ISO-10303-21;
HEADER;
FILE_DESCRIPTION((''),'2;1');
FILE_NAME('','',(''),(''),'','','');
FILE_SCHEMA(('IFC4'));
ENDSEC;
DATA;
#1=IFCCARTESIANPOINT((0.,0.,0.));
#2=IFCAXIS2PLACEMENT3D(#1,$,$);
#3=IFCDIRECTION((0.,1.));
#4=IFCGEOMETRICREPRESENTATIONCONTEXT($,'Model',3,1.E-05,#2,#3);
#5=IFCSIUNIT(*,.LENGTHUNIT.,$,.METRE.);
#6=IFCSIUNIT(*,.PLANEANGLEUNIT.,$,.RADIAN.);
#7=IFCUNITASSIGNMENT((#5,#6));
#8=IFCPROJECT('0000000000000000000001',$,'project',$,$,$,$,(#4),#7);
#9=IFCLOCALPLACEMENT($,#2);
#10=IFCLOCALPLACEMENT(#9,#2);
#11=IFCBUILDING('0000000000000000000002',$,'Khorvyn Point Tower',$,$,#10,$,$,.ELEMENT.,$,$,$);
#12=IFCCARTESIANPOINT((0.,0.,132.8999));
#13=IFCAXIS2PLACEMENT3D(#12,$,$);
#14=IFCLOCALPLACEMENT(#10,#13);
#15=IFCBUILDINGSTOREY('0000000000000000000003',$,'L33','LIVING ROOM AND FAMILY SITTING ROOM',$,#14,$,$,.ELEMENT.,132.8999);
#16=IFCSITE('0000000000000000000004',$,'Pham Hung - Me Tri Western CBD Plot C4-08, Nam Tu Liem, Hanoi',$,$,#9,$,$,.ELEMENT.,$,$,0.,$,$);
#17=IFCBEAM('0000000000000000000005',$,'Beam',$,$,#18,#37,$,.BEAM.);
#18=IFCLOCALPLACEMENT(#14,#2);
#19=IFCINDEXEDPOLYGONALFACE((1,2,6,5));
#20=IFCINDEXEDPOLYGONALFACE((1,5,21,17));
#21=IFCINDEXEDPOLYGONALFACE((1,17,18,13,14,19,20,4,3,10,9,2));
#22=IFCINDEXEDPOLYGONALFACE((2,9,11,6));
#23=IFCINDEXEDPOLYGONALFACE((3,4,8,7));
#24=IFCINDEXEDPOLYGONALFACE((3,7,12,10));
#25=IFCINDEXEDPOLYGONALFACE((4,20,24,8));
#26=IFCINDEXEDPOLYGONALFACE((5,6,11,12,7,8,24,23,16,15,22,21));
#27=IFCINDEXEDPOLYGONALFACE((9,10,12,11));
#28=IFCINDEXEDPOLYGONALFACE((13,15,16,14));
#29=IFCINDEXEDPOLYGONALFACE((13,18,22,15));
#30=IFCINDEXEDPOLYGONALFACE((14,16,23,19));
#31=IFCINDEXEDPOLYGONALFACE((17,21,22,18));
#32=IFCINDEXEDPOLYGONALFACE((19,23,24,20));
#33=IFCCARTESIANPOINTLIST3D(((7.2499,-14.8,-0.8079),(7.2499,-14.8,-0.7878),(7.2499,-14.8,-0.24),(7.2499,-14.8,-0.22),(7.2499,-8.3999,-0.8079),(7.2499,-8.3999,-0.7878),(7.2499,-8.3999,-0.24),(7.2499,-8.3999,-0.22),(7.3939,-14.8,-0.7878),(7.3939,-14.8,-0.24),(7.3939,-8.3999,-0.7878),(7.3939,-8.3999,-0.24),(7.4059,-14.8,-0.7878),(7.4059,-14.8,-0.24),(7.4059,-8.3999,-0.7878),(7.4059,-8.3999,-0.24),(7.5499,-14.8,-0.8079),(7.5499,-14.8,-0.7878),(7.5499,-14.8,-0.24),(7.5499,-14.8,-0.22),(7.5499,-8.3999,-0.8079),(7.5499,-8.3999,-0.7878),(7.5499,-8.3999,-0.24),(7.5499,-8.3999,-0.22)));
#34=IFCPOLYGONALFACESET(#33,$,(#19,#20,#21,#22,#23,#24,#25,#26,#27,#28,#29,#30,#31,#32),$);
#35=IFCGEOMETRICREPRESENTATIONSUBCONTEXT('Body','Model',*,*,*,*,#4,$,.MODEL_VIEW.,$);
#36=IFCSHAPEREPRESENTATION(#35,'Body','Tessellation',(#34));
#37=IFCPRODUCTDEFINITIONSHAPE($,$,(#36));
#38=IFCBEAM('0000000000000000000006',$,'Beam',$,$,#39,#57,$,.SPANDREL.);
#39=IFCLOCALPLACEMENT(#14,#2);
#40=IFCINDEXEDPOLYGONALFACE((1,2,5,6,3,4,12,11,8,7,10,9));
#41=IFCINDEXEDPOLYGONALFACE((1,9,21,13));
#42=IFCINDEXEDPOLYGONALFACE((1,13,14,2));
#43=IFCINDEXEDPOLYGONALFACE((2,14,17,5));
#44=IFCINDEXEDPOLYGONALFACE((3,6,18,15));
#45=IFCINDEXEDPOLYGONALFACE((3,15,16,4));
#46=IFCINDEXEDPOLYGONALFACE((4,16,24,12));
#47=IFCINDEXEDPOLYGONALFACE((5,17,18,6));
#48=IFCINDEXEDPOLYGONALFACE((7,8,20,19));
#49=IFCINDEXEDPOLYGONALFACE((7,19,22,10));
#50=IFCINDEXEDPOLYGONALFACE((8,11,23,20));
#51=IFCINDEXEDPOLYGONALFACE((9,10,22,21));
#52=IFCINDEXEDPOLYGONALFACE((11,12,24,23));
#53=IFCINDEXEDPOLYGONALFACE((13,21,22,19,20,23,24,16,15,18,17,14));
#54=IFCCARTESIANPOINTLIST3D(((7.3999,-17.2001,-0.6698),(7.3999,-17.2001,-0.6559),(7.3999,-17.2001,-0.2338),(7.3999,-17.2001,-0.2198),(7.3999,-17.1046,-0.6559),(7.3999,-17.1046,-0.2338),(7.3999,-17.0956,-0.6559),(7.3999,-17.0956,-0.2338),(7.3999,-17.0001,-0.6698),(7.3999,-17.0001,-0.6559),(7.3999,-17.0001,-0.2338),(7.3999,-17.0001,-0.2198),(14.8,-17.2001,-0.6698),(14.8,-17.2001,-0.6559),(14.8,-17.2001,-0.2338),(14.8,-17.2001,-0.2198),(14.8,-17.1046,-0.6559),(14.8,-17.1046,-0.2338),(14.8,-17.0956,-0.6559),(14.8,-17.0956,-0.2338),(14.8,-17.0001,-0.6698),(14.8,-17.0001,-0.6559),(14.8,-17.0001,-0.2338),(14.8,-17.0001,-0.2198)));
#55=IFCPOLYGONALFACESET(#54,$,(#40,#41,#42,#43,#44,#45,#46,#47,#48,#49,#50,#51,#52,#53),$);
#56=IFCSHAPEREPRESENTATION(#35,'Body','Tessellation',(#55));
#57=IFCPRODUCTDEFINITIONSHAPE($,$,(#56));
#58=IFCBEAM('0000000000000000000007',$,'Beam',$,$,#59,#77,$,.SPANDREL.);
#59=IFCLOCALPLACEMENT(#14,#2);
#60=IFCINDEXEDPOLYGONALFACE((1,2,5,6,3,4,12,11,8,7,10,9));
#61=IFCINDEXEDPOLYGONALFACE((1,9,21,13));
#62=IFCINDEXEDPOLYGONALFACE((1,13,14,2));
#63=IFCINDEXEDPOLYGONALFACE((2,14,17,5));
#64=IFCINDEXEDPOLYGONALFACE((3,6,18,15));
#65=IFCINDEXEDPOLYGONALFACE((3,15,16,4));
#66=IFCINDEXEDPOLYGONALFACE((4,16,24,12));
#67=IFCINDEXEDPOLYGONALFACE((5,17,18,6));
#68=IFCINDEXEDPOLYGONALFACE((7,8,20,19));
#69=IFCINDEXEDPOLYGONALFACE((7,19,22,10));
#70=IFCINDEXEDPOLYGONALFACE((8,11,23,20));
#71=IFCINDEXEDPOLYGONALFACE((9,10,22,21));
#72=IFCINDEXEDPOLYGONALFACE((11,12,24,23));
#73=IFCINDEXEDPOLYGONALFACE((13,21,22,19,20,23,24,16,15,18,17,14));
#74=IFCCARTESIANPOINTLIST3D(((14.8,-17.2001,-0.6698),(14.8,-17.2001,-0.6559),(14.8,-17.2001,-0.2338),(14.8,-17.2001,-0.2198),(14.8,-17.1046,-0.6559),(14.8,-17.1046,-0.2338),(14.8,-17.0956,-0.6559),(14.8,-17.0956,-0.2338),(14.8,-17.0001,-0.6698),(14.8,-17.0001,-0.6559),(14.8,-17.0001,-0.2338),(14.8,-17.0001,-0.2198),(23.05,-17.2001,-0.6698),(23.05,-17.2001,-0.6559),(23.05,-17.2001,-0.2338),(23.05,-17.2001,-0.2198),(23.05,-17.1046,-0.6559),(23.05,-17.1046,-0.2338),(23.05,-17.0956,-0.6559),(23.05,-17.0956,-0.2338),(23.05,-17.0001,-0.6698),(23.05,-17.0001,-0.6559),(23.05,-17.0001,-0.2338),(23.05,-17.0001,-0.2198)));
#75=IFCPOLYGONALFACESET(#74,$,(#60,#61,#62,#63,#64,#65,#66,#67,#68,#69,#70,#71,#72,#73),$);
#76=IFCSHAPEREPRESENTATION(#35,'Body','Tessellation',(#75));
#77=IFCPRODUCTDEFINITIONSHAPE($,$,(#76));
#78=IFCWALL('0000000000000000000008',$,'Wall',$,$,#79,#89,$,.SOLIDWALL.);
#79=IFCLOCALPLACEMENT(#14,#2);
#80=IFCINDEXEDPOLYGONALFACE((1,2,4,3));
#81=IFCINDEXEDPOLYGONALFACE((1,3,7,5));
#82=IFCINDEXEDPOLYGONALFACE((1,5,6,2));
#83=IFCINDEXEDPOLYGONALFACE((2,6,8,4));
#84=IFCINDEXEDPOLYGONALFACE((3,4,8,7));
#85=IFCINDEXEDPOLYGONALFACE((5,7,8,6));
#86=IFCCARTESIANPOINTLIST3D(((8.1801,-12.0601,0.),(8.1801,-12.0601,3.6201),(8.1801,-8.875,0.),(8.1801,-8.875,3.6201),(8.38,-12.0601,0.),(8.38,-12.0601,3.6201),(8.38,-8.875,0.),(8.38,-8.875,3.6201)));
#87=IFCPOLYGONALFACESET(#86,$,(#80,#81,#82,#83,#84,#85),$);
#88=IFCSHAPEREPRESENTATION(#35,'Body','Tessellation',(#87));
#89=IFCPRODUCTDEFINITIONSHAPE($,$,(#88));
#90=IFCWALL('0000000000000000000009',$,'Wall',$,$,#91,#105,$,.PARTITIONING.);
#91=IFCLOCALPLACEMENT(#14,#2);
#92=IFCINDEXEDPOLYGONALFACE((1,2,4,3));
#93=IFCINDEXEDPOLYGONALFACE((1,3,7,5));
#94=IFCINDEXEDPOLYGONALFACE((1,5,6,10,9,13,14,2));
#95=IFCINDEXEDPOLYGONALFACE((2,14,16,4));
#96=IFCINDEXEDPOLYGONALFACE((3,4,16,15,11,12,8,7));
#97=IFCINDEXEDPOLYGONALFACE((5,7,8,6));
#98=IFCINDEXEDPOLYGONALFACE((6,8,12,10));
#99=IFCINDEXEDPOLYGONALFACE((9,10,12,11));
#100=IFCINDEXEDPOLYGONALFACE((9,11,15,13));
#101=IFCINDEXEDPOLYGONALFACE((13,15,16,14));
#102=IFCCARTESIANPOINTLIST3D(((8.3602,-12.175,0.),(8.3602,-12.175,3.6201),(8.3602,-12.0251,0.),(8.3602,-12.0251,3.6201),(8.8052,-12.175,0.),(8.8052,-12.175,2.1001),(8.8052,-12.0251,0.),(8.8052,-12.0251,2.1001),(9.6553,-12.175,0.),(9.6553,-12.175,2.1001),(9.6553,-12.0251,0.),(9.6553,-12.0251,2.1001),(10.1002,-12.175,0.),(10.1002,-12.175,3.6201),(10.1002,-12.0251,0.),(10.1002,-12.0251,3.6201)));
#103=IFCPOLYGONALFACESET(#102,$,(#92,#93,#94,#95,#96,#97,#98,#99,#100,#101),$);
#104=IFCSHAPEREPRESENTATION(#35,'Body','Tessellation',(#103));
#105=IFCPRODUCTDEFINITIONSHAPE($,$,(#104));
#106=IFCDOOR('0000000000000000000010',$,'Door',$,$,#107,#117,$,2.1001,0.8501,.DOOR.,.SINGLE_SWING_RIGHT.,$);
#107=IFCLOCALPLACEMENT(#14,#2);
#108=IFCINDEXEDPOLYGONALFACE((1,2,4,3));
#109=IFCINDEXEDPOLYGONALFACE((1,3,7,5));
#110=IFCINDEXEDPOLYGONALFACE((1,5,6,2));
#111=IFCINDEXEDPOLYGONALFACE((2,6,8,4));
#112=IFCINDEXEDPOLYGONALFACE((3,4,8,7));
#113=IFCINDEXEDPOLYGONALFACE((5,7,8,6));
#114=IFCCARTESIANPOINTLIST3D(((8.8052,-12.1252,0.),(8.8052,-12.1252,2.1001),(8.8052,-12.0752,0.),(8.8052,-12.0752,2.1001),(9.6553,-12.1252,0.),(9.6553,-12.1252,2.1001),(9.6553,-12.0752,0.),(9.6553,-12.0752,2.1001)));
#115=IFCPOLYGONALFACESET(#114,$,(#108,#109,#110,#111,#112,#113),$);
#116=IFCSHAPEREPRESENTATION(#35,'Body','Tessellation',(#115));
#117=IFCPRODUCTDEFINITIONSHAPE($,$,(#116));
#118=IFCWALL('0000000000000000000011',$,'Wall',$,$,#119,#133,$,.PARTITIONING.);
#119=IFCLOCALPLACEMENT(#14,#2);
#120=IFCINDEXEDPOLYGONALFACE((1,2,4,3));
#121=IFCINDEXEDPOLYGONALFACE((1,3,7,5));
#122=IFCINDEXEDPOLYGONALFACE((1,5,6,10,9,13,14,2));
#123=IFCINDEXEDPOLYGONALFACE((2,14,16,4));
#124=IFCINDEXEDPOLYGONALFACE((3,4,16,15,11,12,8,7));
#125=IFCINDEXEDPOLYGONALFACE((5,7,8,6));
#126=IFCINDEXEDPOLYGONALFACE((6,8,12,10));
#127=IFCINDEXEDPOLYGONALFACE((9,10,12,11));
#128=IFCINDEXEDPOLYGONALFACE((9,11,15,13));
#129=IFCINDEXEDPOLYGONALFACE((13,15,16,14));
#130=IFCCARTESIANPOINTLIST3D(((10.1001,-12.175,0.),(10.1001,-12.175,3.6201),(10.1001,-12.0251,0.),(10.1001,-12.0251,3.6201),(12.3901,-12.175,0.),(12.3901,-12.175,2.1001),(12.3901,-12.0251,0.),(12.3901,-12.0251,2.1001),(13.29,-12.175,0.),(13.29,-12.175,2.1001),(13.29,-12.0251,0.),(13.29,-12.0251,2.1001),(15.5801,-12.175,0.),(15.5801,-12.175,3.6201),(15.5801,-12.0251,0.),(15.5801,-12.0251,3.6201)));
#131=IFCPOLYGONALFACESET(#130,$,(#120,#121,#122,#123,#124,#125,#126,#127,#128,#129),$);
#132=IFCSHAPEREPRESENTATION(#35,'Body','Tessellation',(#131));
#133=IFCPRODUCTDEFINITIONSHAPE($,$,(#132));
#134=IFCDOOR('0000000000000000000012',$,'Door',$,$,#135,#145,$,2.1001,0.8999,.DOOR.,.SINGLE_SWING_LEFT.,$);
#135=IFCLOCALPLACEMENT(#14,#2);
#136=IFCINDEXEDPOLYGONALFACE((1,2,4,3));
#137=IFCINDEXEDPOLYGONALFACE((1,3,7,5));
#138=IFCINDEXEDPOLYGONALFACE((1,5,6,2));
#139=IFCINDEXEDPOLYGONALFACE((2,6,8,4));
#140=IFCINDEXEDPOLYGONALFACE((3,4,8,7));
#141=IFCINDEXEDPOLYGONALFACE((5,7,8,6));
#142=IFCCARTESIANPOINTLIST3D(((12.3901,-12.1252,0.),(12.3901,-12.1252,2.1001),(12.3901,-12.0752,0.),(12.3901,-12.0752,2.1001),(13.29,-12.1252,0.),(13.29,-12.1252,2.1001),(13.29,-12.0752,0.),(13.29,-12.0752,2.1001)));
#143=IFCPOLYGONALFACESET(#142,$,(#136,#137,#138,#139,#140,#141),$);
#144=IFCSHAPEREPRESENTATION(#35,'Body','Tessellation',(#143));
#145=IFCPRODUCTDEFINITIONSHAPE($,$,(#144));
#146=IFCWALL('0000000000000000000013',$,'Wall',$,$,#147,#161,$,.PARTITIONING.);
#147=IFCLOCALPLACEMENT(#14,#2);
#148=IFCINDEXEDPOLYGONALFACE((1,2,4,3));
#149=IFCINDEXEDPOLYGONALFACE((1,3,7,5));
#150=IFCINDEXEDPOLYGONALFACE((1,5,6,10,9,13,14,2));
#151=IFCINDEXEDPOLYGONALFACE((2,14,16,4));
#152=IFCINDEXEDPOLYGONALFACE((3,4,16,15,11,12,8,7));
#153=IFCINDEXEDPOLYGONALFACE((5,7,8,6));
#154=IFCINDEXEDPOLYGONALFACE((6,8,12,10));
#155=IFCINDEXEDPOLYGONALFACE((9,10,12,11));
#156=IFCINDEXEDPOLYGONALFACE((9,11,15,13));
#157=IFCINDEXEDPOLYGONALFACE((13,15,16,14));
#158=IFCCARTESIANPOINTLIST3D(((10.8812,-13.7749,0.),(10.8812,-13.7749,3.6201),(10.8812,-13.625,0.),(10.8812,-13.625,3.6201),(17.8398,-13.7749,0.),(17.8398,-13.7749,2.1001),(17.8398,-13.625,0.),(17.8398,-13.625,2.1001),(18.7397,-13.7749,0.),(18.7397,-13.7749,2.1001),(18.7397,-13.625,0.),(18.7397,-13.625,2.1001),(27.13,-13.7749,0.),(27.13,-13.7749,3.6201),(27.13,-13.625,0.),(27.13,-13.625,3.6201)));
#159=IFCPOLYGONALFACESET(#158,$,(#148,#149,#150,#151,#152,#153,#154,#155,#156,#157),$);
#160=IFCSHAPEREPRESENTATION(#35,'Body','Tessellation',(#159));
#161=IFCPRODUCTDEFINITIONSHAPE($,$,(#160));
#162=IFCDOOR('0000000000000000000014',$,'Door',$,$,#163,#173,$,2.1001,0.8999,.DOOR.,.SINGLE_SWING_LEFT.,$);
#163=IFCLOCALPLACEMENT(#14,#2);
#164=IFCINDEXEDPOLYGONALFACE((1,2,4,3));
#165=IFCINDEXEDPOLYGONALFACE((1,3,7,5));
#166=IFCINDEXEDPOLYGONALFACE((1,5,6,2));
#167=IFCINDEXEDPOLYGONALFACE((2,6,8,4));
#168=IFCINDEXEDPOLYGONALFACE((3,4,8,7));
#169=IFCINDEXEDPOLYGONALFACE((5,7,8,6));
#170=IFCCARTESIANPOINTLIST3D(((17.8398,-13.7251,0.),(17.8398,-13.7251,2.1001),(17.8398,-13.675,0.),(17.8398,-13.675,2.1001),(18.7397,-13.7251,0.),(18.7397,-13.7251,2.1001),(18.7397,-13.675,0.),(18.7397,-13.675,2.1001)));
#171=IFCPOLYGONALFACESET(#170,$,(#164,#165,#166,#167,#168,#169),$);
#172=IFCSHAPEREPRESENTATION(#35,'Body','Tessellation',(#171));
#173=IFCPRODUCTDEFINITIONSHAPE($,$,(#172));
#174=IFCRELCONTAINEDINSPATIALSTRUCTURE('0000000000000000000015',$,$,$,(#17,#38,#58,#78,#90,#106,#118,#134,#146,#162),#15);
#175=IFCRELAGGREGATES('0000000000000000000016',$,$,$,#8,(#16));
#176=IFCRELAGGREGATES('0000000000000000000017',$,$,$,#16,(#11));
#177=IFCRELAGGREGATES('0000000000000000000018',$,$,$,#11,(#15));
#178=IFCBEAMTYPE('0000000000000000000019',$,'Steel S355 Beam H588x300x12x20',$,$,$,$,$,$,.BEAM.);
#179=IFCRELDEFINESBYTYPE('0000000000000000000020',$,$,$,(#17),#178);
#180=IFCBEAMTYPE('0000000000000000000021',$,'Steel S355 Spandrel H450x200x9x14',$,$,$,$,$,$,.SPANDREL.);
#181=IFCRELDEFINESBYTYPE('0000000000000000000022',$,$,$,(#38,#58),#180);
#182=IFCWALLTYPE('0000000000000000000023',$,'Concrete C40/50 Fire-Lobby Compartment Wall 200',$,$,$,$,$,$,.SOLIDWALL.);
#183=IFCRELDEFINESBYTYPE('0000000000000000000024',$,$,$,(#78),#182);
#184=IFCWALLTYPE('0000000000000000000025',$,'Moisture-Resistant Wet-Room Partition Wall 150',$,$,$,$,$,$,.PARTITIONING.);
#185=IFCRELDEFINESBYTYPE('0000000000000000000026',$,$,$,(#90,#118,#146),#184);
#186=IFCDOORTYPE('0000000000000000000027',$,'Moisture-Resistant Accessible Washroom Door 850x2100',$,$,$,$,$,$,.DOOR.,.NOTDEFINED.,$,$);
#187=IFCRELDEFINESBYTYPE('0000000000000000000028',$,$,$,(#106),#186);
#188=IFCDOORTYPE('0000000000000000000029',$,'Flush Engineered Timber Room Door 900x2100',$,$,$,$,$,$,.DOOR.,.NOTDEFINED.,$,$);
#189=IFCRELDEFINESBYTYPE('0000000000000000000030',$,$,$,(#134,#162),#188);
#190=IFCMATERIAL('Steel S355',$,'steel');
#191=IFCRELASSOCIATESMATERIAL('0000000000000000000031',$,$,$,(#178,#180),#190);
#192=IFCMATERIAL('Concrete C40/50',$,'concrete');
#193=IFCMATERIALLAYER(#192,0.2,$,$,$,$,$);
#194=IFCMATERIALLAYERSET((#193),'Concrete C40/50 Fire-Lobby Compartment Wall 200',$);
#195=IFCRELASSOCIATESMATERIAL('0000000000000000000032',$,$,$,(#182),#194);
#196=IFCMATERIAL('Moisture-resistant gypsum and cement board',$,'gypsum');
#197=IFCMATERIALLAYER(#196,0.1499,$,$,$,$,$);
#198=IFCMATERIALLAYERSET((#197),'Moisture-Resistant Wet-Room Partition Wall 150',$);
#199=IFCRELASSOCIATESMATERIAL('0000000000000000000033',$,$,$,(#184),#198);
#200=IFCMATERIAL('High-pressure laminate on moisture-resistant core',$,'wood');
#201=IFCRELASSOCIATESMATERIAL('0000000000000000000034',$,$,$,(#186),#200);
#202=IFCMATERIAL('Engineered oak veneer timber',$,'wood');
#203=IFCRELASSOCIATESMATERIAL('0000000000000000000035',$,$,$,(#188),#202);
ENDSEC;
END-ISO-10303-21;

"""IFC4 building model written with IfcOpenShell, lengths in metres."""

from ifc_helpers import new_model, si_unit, direction, frame, frame_2d, origin, origin_2d, place, context, subcontext, project, spatial, rectangle, i_section, extrude, material, layer, layer_set, material_profile, profile_set, type_object, element, fill, save


model = new_model("IFC4")

# Units and contexts
model_context = context("Model", 3, precision=1e-05, world=origin(), true_north=direction((0.0, 1.0)))
body_context = subcontext(model_context, "Body", "Model", "MODEL_VIEW")
ifc_project = project(units=[si_unit("LENGTHUNIT", "METRE"), si_unit("PLANEANGLEUNIT", "RADIAN")], contexts=[model_context])

# Site, building, storey
site_placement = place(None, origin())
site = spatial("IfcSite", under=ifc_project, at=site_placement, Name="Pham Hung - Me Tri Western CBD Plot C4-08, Nam Tu Liem, Hanoi", CompositionType="ELEMENT", RefElevation=0.0)
building_placement = place(site_placement, origin())
building = spatial("IfcBuilding", under=site, at=building_placement, Name="Khorvyn Point Tower", CompositionType="ELEMENT")
storey_placement = place(building_placement, frame((0.0, 0.0, 132.8999)))
storey = spatial("IfcBuildingStorey", under=building, at=storey_placement, Name="L33", Description="LIVING ROOM AND FAMILY SITTING ROOM", CompositionType="ELEMENT", Elevation=132.8999)

# Beams
ifc_material_1 = material(Name="Steel S355", Category="steel")
ifc_material_profile_1 = material_profile(ifc_material_1, i_section(OverallWidth=0.3, OverallDepth=0.5879, WebThickness=0.012, FlangeThickness=0.02, at=origin_2d()))
ifc_profile_set_1 = profile_set([ifc_material_profile_1], Name="Steel S355 H588x300x12x20")
beam_type_1 = type_object("IfcBeamType", Name="Steel S355 Beam H588x300x12x20", PredefinedType="BEAM", material=ifc_profile_set_1)
beam_1_placement = place(storey_placement, frame((7.3999, -14.8, -0.5139), z_axis=(0.0, 1.0, 0.0), x_axis=(-1.0, 0.0, 0.0)))
element("IfcBeam", 1, at=beam_1_placement, inside=storey, type_object=beam_type_1, Name="Beam", PredefinedType="BEAM", context=body_context, shape_type="SweptSolid", body=[
    extrude(i_section(OverallWidth=0.3, OverallDepth=0.5879, WebThickness=0.012, FlangeThickness=0.02, at=origin_2d()), origin(), (0.0, 0.0, 1.0), 6.4001),
])
ifc_material_profile_2 = material_profile(ifc_material_1, i_section(OverallWidth=0.2, OverallDepth=0.45, WebThickness=0.009, FlangeThickness=0.0139, at=origin_2d()))
ifc_profile_set_2 = profile_set([ifc_material_profile_2], Name="Steel S355 H450x200x9x14")
beam_type_2 = type_object("IfcBeamType", Name="Steel S355 Spandrel H450x200x9x14", PredefinedType="SPANDREL", material=ifc_profile_set_2)
beam_2_placement = place(storey_placement, frame((7.3999, -17.1001, -0.4448), z_axis=(1.0, 0.0, 0.0), x_axis=(0.0, 1.0, 0.0)))
element("IfcBeam", 2, at=beam_2_placement, inside=storey, type_object=beam_type_2, Name="Beam", PredefinedType="SPANDREL", context=body_context, shape_type="SweptSolid", body=[
    extrude(i_section(OverallWidth=0.2, OverallDepth=0.45, WebThickness=0.009, FlangeThickness=0.0139, at=origin_2d()), origin(), (0.0, 0.0, 1.0), 7.4001),
])
beam_3_placement = place(storey_placement, frame((14.8, -17.1001, -0.4448), z_axis=(1.0, 0.0, 0.0), x_axis=(0.0, 1.0, 0.0)))
element("IfcBeam", 3, at=beam_3_placement, inside=storey, type_object=beam_type_2, Name="Beam", PredefinedType="SPANDREL", context=body_context, shape_type="SweptSolid", body=[
    extrude(i_section(OverallWidth=0.2, OverallDepth=0.45, WebThickness=0.009, FlangeThickness=0.0139, at=origin_2d()), origin(), (0.0, 0.0, 1.0), 8.25),
])

# Shared definitions
ifc_material_2 = material(Name="Concrete C40/50", Category="concrete")
ifc_layer_1 = layer(ifc_material_2, 0.2)
ifc_layer_set_1 = layer_set([ifc_layer_1], Name="Concrete C40/50 Fire-Lobby Compartment Wall 200")
wall_type_1 = type_object("IfcWallType", Name="Concrete C40/50 Fire-Lobby Compartment Wall 200", PredefinedType="SOLIDWALL", material=ifc_layer_set_1)

# Wall
wall_1_placement = place(storey_placement, frame((8.28, -12.0601, 0.0), z_axis=(0.0, 0.0, 1.0), x_axis=(0.0, 1.0, 0.0)))
element("IfcWall", 4, at=wall_1_placement, inside=storey, type_object=wall_type_1, Name="Wall", PredefinedType="SOLIDWALL", context=body_context, shape_type="SweptSolid", body=[
    extrude(rectangle(XDim=3.1851, YDim=0.2, at=frame_2d((1.5925, 0.0))), origin(), (0.0, 0.0, 1.0), 3.6201),
])

# Walls, openings, doors
ifc_material_3 = material(Name="Moisture-resistant gypsum and cement board", Category="gypsum")
ifc_layer_2 = layer(ifc_material_3, 0.1499)
ifc_layer_set_2 = layer_set([ifc_layer_2], Name="Moisture-Resistant Wet-Room Partition Wall 150")
wall_type_2 = type_object("IfcWallType", Name="Moisture-Resistant Wet-Room Partition Wall 150", PredefinedType="PARTITIONING", material=ifc_layer_set_2)
wall_2_placement = place(storey_placement, frame((8.3601, -12.1001, 0.0), z_axis=(0.0, 0.0, 1.0), x_axis=(1.0, 0.0, 0.0)))
wall_2 = element("IfcWall", 5, at=wall_2_placement, inside=storey, type_object=wall_type_2, Name="Wall", PredefinedType="PARTITIONING", context=body_context, shape_type="SweptSolid", body=[
    extrude(rectangle(XDim=1.74, YDim=0.1499, at=frame_2d((0.8701, 0.0))), origin(), (0.0, 0.0, 1.0), 3.6201),
])
opening_1_placement = place(wall_2_placement, frame((0.4451, 0.0, 0.0)))
opening_1 = element("IfcOpeningElement", 6, at=opening_1_placement, cuts=wall_2, PredefinedType="OPENING", context=body_context, shape_type="SweptSolid", body=[
    extrude(rectangle(XDim=0.8501, YDim=2.1001, at=frame_2d((0.425, 1.05))), frame((0.0, 0.085, 0.0), z_axis=(0.0, -1.0, 0.0), x_axis=(1.0, 0.0, 0.0)), (0.0, 0.0, 1.0), 0.1699),
])
ifc_material_4 = material(Name="High-pressure laminate on moisture-resistant core", Category="wood")
door_type_1 = type_object("IfcDoorType", Name="Moisture-Resistant Accessible Washroom Door 850x2100", OperationType="NOTDEFINED", PredefinedType="DOOR", material=ifc_material_4)
door_1_placement = place(opening_1_placement, origin())
door_1 = element("IfcDoor", 7, at=door_1_placement, inside=storey, type_object=door_type_1, Name="Door", OperationType="SINGLE_SWING_RIGHT", OverallHeight=2.1001, OverallWidth=0.8501, PredefinedType="DOOR", context=body_context, shape_type="SweptSolid", body=[
    extrude(rectangle(XDim=0.8501, YDim=2.1001, at=frame_2d((0.425, 1.05))), frame((0.0, 0.0249, 0.0), z_axis=(0.0, -1.0, 0.0), x_axis=(1.0, 0.0, 0.0)), (0.0, 0.0, 1.0), 0.05),
])
fill(opening_1, door_1)
wall_3_placement = place(storey_placement, frame((10.1001, -12.1001, 0.0), z_axis=(0.0, 0.0, 1.0), x_axis=(1.0, 0.0, 0.0)))
wall_3 = element("IfcWall", 8, at=wall_3_placement, inside=storey, type_object=wall_type_2, Name="Wall", PredefinedType="PARTITIONING", context=body_context, shape_type="SweptSolid", body=[
    extrude(rectangle(XDim=5.48, YDim=0.1499, at=frame_2d((2.74, 0.0))), origin(), (0.0, 0.0, 1.0), 3.6201),
])
opening_2_placement = place(wall_3_placement, frame((2.29, 0.0, 0.0)))
opening_2 = element("IfcOpeningElement", 9, at=opening_2_placement, cuts=wall_3, PredefinedType="OPENING", context=body_context, shape_type="SweptSolid", body=[
    extrude(rectangle(XDim=0.8999, YDim=2.1001, at=frame_2d((0.45, 1.05))), frame((0.0, 0.085, 0.0), z_axis=(0.0, -1.0, 0.0), x_axis=(1.0, 0.0, 0.0)), (0.0, 0.0, 1.0), 0.1699),
])
ifc_material_5 = material(Name="Engineered oak veneer timber", Category="wood")
door_type_2 = type_object("IfcDoorType", Name="Flush Engineered Timber Room Door 900x2100", OperationType="NOTDEFINED", PredefinedType="DOOR", material=ifc_material_5)
door_2_placement = place(opening_2_placement, origin())
door_2 = element("IfcDoor", 10, at=door_2_placement, inside=storey, type_object=door_type_2, Name="Door", OperationType="SINGLE_SWING_LEFT", OverallHeight=2.1001, OverallWidth=0.8999, PredefinedType="DOOR", context=body_context, shape_type="SweptSolid", body=[
    extrude(rectangle(XDim=0.8999, YDim=2.1001, at=frame_2d((0.45, 1.05))), frame((0.0, 0.0249, 0.0), z_axis=(0.0, -1.0, 0.0), x_axis=(1.0, 0.0, 0.0)), (0.0, 0.0, 1.0), 0.05),
])
fill(opening_2, door_2)
wall_4_placement = place(storey_placement, frame((10.8811, -13.7, 0.0), z_axis=(0.0, 0.0, 1.0), x_axis=(1.0, 0.0, 0.0)))
wall_4 = element("IfcWall", 11, at=wall_4_placement, inside=storey, type_object=wall_type_2, Name="Wall", PredefinedType="PARTITIONING", context=body_context, shape_type="SweptSolid", body=[
    extrude(rectangle(XDim=16.2488, YDim=0.1499, at=frame_2d((8.1245, 0.0))), origin(), (0.0, 0.0, 1.0), 3.6201),
])
opening_3_placement = place(wall_4_placement, frame((6.9587, 0.0, 0.0)))
opening_3 = element("IfcOpeningElement", 12, at=opening_3_placement, cuts=wall_4, PredefinedType="OPENING", context=body_context, shape_type="SweptSolid", body=[
    extrude(rectangle(XDim=0.8999, YDim=2.1001, at=frame_2d((0.45, 1.05))), frame((0.0, 0.085, 0.0), z_axis=(0.0, -1.0, 0.0), x_axis=(1.0, 0.0, 0.0)), (0.0, 0.0, 1.0), 0.1699),
])
door_3_placement = place(opening_3_placement, origin())
door_3 = element("IfcDoor", 13, at=door_3_placement, inside=storey, type_object=door_type_2, Name="Door", OperationType="SINGLE_SWING_LEFT", OverallHeight=2.1001, OverallWidth=0.8999, PredefinedType="DOOR", context=body_context, shape_type="SweptSolid", body=[
    extrude(rectangle(XDim=0.8999, YDim=2.1001, at=frame_2d((0.45, 1.05))), frame((0.0, 0.0249, 0.0), z_axis=(0.0, -1.0, 0.0), x_axis=(1.0, 0.0, 0.0)), (0.0, 0.0, 1.0), 0.05),
])
fill(opening_3, door_3)

save(model, "model.ifc")
